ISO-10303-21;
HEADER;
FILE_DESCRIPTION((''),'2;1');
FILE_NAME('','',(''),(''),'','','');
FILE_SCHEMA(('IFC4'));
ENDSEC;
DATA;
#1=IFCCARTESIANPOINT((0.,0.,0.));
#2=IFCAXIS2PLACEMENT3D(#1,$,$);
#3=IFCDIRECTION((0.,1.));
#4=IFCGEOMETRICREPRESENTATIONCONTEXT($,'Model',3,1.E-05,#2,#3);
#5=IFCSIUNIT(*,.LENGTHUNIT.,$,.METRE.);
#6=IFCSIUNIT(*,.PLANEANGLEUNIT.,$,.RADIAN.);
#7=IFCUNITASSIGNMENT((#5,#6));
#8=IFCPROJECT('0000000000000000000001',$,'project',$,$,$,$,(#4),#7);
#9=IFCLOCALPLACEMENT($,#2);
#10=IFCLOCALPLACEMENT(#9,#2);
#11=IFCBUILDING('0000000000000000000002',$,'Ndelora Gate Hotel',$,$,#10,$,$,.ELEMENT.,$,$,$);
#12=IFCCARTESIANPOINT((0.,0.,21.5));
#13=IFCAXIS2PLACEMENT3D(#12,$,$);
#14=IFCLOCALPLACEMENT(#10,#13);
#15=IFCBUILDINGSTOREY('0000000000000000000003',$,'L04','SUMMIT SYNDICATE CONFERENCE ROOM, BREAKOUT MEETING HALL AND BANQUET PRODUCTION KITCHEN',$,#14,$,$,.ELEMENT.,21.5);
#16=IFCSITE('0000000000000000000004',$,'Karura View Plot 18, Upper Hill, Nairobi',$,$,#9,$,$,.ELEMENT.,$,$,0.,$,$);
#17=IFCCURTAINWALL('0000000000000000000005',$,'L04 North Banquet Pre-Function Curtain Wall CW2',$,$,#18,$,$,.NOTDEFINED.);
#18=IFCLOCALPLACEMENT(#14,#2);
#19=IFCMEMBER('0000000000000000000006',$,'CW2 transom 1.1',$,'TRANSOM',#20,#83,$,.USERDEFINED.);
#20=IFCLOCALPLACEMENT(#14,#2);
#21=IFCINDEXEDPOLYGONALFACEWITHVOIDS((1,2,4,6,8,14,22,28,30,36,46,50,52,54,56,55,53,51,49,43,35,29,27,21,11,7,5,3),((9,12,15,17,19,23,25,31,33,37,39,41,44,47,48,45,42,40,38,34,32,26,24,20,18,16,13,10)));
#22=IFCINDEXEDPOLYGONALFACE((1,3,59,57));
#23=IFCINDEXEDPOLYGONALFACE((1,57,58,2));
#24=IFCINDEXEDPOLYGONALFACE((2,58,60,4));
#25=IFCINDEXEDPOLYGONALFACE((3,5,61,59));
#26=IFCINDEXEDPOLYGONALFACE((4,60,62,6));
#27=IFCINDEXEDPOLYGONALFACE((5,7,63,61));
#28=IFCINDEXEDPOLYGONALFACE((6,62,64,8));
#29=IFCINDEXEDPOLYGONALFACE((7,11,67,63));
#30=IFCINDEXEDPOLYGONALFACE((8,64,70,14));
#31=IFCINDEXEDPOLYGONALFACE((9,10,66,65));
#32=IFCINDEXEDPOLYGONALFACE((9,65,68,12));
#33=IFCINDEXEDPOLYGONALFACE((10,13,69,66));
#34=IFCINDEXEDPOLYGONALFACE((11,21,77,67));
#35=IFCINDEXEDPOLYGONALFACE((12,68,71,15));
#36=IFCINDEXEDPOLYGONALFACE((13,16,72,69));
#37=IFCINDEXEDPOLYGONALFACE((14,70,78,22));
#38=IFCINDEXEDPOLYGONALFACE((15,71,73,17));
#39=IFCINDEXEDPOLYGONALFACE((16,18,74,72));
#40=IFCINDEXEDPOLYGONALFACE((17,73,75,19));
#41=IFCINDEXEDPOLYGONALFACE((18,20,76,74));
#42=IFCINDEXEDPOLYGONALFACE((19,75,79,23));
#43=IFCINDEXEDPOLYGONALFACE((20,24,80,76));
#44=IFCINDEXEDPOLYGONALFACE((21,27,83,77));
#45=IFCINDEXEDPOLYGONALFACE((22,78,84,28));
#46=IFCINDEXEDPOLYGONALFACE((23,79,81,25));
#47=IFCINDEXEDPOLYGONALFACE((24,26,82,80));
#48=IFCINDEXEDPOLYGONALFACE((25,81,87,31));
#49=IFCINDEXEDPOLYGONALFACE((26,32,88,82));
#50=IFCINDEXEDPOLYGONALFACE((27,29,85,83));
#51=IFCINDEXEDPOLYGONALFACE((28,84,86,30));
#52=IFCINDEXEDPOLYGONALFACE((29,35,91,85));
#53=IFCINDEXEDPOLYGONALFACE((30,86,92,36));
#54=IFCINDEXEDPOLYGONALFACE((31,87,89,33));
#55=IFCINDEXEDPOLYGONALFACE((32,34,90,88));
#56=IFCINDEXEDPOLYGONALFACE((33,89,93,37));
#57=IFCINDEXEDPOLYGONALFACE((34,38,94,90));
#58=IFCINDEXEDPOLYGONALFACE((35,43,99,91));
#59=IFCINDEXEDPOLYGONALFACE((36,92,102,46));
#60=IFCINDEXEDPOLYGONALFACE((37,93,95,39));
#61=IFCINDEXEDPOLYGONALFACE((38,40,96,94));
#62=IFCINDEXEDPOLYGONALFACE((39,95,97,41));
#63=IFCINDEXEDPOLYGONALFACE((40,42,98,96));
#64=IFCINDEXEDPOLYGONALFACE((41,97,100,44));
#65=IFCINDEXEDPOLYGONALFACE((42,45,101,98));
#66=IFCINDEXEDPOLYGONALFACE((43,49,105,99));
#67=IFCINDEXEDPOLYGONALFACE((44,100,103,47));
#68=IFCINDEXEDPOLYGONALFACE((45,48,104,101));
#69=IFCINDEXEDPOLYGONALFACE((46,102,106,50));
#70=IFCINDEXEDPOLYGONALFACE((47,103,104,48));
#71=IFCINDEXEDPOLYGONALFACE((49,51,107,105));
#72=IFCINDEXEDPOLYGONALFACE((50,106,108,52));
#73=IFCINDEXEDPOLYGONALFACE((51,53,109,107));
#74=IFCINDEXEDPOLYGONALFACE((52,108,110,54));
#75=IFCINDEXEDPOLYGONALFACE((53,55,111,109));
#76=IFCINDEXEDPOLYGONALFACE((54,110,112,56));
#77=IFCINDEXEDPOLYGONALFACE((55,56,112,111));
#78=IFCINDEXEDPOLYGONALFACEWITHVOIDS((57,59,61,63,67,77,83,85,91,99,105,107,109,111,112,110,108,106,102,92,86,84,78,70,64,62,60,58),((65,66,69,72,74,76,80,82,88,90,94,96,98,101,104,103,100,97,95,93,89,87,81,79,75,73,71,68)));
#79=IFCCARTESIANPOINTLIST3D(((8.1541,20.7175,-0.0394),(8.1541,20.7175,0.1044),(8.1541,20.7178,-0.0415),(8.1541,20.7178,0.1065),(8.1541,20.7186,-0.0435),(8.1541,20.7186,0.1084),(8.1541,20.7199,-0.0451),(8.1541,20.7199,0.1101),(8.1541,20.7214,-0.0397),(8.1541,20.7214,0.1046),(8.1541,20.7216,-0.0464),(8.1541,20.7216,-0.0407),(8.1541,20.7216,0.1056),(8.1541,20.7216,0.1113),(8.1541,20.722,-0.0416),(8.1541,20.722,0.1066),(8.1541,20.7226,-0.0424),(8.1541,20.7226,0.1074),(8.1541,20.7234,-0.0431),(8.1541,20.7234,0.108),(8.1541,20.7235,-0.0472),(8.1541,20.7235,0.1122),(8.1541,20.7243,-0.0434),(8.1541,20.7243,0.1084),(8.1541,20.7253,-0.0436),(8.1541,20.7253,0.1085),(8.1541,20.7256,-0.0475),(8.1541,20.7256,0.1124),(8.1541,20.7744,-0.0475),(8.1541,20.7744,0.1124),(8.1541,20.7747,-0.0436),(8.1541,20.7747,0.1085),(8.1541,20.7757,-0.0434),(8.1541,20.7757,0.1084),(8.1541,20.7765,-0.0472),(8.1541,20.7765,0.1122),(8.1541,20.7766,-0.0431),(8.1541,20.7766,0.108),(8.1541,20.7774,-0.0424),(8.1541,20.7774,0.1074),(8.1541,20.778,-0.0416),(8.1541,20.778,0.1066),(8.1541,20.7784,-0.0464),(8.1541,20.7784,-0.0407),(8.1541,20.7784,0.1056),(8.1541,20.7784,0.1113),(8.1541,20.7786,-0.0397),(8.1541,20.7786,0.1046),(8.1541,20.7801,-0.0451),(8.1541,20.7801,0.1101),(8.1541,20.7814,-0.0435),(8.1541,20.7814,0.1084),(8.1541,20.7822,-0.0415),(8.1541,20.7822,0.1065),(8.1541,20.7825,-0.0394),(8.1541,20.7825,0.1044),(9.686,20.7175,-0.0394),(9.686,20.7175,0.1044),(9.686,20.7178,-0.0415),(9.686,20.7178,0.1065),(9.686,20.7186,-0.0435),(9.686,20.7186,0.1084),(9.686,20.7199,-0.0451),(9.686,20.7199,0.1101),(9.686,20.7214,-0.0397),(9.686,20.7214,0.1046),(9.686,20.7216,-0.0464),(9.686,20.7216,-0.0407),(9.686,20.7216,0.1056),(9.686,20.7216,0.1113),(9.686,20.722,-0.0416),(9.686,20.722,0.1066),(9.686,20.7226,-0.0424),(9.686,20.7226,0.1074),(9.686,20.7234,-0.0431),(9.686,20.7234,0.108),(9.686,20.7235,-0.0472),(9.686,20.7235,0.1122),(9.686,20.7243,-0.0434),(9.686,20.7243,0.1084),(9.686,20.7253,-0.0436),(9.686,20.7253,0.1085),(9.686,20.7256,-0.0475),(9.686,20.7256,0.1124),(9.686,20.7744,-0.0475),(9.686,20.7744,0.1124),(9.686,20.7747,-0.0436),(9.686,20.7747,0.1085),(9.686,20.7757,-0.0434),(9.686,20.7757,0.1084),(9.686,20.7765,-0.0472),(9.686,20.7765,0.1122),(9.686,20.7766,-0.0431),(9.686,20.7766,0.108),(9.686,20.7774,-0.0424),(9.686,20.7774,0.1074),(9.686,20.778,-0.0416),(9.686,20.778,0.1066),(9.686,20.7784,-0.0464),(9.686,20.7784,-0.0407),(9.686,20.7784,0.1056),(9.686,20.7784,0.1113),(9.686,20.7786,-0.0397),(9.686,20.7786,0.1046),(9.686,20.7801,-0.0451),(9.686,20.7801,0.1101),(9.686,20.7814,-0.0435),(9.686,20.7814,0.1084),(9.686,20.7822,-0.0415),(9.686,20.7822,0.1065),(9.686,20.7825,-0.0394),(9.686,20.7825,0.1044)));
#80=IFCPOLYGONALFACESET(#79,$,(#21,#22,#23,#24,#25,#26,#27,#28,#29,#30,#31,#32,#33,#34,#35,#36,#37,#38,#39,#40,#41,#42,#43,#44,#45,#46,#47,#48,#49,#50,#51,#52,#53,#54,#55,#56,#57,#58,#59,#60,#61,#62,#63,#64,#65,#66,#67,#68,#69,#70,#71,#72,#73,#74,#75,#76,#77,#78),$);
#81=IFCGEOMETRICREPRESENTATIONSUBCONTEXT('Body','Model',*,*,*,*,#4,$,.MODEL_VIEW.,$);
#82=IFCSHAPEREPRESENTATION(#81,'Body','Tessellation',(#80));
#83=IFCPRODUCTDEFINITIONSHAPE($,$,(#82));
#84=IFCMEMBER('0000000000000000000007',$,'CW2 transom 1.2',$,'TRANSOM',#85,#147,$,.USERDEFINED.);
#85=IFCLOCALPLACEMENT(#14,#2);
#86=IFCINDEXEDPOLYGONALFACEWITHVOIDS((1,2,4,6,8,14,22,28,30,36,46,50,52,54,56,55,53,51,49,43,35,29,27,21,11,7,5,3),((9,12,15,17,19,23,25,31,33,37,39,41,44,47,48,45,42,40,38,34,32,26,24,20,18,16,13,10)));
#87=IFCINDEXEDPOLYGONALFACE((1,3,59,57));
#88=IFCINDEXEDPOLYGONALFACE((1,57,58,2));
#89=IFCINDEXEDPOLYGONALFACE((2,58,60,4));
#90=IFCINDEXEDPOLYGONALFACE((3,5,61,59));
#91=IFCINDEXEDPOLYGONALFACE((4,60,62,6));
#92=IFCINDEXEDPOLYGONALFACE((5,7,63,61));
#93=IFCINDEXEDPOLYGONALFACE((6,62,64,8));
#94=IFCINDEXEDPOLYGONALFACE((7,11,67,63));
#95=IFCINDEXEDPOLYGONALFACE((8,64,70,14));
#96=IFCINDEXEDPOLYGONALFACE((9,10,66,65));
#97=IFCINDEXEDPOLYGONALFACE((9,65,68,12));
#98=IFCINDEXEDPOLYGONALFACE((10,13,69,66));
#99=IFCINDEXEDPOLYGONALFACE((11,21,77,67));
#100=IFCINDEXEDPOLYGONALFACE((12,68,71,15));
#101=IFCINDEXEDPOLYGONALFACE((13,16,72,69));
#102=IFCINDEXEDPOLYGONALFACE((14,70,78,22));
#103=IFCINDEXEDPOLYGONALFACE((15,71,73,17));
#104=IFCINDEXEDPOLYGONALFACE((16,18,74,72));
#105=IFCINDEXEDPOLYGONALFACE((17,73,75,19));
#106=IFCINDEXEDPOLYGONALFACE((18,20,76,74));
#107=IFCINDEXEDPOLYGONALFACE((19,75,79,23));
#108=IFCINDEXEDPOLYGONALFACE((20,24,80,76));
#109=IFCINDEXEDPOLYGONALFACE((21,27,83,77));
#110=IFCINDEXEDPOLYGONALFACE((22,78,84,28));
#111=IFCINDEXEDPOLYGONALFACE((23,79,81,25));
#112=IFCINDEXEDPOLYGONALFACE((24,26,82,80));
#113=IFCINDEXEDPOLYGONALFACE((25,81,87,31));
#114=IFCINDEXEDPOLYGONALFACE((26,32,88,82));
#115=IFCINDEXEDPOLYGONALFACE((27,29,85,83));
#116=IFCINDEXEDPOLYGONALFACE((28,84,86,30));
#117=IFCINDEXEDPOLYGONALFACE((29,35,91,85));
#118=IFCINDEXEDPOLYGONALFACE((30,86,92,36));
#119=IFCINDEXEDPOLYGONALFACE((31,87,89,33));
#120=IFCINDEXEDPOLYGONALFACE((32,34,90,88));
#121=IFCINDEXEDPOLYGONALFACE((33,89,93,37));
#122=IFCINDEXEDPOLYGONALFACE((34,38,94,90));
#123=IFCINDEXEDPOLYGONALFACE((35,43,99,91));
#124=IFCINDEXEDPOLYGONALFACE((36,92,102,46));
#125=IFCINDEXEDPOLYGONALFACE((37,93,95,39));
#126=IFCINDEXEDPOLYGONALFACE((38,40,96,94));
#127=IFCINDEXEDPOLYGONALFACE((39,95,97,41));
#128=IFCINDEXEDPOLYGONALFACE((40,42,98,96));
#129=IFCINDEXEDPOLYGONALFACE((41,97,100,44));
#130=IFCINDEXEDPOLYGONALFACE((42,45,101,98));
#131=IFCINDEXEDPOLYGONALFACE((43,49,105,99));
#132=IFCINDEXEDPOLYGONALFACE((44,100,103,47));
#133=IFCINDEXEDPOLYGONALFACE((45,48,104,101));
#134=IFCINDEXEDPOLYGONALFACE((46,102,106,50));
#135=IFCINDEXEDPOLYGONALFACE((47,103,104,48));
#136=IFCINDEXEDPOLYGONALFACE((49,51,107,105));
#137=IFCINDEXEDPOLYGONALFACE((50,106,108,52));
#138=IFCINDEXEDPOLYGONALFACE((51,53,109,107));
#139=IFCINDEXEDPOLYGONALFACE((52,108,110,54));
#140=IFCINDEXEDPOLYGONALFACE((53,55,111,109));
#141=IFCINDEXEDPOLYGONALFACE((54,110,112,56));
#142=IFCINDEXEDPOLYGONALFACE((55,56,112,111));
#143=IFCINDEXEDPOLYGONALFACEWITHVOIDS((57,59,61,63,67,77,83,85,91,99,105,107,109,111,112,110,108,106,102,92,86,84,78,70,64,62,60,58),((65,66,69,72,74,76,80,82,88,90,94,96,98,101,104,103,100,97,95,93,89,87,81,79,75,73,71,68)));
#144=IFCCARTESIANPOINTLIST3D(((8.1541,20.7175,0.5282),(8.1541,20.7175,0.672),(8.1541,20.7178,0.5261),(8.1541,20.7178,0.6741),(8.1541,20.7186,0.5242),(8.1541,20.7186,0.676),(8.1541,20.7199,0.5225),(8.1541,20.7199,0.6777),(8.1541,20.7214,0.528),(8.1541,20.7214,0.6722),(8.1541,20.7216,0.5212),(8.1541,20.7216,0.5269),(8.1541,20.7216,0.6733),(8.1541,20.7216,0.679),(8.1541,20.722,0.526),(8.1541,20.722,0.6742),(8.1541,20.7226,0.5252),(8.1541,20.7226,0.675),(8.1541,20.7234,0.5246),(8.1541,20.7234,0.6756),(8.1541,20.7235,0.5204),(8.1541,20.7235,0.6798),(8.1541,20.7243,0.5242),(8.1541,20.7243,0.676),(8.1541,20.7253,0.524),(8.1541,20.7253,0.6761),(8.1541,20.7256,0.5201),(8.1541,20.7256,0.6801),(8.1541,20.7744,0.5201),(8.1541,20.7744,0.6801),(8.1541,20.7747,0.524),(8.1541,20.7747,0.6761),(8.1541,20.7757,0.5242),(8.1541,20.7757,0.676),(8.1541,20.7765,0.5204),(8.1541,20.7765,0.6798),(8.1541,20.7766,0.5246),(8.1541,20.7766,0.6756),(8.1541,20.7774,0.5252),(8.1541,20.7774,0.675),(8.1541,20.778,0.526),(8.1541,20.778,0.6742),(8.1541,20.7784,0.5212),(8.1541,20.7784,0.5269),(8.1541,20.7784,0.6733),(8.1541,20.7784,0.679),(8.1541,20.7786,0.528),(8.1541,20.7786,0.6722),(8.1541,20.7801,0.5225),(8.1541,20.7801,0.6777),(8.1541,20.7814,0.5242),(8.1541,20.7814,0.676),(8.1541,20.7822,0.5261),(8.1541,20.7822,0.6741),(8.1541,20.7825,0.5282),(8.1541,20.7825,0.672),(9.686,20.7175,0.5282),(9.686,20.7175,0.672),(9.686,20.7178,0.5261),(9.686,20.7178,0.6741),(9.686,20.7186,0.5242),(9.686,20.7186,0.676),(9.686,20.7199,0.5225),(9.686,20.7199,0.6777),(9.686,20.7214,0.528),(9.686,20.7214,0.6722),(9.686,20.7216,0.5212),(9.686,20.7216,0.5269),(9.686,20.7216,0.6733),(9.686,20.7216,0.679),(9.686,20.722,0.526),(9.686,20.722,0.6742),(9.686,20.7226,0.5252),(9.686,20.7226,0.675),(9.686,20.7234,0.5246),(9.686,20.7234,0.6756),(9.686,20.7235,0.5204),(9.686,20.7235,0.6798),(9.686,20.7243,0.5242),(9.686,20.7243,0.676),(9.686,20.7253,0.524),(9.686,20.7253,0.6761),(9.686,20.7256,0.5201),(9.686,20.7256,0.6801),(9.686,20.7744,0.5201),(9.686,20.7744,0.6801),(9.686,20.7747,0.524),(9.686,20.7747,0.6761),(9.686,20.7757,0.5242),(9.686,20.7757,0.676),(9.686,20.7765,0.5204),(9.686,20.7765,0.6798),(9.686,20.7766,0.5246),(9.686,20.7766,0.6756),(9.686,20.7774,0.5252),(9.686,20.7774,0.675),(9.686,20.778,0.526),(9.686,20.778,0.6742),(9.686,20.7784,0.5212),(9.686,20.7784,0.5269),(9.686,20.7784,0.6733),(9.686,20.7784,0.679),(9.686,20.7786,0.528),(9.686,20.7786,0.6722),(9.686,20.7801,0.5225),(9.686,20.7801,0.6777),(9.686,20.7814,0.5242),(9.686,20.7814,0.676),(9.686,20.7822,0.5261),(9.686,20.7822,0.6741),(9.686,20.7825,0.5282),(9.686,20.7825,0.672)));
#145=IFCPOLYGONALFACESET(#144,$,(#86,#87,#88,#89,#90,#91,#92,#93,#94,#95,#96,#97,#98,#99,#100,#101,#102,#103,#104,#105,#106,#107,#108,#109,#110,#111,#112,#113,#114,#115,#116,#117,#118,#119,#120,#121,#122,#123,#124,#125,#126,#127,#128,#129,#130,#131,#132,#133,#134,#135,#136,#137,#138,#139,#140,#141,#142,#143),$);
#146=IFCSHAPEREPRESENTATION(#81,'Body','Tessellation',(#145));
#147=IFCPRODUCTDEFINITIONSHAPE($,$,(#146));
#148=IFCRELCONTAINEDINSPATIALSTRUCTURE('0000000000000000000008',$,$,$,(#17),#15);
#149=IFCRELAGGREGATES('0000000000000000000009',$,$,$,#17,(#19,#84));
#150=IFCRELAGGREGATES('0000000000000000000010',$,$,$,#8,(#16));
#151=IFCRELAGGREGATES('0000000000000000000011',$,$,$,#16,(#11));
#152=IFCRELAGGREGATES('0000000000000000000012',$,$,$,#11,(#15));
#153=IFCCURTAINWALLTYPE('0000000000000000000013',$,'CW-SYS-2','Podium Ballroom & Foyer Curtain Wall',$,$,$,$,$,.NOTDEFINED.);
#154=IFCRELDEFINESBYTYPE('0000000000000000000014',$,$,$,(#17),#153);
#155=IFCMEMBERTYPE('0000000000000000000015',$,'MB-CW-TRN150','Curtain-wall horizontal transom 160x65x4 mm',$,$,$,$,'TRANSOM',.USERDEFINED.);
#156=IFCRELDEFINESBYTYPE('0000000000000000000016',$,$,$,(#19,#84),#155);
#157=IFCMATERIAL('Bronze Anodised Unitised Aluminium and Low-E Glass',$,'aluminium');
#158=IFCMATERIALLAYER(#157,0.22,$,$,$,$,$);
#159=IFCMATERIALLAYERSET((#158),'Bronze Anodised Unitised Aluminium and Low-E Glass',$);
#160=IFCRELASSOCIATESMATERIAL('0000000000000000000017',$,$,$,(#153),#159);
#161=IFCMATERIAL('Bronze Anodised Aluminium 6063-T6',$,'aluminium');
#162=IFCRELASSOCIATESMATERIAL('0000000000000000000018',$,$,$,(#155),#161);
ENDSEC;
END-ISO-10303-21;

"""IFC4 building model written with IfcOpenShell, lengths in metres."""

from ifc_helpers import new_model, si_unit, direction, frame, origin, origin_2d, place, context, subcontext, project, spatial, hollow_rectangle, extrude, material, layer, layer_set, material_profile, profile_set, type_object, element, aggregate, save


model = new_model("IFC4")

# Units and contexts
model_context = context("Model", 3, precision=1e-05, world=origin(), true_north=direction((0.0, 1.0)))
body_context = subcontext(model_context, "Body", "Model", "MODEL_VIEW")
ifc_project = project(units=[si_unit("LENGTHUNIT", "METRE"), si_unit("PLANEANGLEUNIT", "RADIAN")], contexts=[model_context])

# Site, building, storey
site_placement = place(None, origin())
site = spatial("IfcSite", under=ifc_project, at=site_placement, Name="Karura View Plot 18, Upper Hill, Nairobi", CompositionType="ELEMENT", RefElevation=0.0)
building_placement = place(site_placement, origin())
building = spatial("IfcBuilding", under=site, at=building_placement, Name="Ndelora Gate Hotel", CompositionType="ELEMENT")
storey_placement = place(building_placement, frame((0.0, 0.0, 21.5)))
storey = spatial("IfcBuildingStorey", under=building, at=storey_placement, Name="L04", Description="SUMMIT SYNDICATE CONFERENCE ROOM, BREAKOUT MEETING HALL AND BANQUET PRODUCTION KITCHEN", CompositionType="ELEMENT", Elevation=21.5)

# Curtain wall, members
ifc_material_1 = material(Name="Bronze Anodised Unitised Aluminium and Low-E Glass", Category="aluminium")
ifc_layer_1 = layer(ifc_material_1, 0.22)
ifc_layer_set_1 = layer_set([ifc_layer_1], Name="Bronze Anodised Unitised Aluminium and Low-E Glass")
curtain_wall_type = type_object("IfcCurtainWallType", Name="CW-SYS-2", Description="Podium Ballroom & Foyer Curtain Wall", PredefinedType="NOTDEFINED", material=ifc_layer_set_1)
curtain_wall_placement = place(storey_placement, origin())
curtain_wall = element("IfcCurtainWall", 1, at=curtain_wall_placement, inside=storey, type_object=curtain_wall_type, Name="L04 North Banquet Pre-Function Curtain Wall CW2", PredefinedType="NOTDEFINED")
ifc_material_2 = material(Name="Bronze Anodised Aluminium 6063-T6", Category="aluminium")
ifc_material_profile_1 = material_profile(ifc_material_2, hollow_rectangle(XDim=0.0649, YDim=0.1599, WallThickness=0.0039, InnerFilletRadius=0.0039, OuterFilletRadius=0.0081, at=origin_2d()), Name="ALU 160x65x4")
ifc_profile_set_1 = profile_set([ifc_material_profile_1], Name="Bronze Anodised Aluminium 6063-T6")
member_type_1 = type_object("IfcMemberType", Name="MB-CW-TRN150", Description="Curtain-wall horizontal transom 160x65x4 mm", ElementType="TRANSOM", PredefinedType="USERDEFINED", material=ifc_profile_set_1)
member_1_placement = place(storey_placement, frame((9.686, 20.75, 0.0325), z_axis=(-1.0, 0.0, 0.0), x_axis=(0.0, -1.0, 0.0)))
member_1 = element("IfcMember", 2, at=member_1_placement, type_object=member_type_1, Name="CW2 transom 1.1", ObjectType="TRANSOM", PredefinedType="USERDEFINED", context=body_context, shape_type="SweptSolid", body=[
    extrude(hollow_rectangle(XDim=0.0649, YDim=0.1599, WallThickness=0.0039, InnerFilletRadius=0.0039, OuterFilletRadius=0.0081, at=origin_2d()), origin(), (0.0, 0.0, 1.0), 1.532),
])
member_2_placement = place(storey_placement, frame((9.686, 20.75, 0.6001), z_axis=(-1.0, 0.0, 0.0), x_axis=(0.0, -1.0, 0.0)))
member_2 = element("IfcMember", 3, at=member_2_placement, type_object=member_type_1, Name="CW2 transom 1.2", ObjectType="TRANSOM", PredefinedType="USERDEFINED", context=body_context, shape_type="SweptSolid", body=[
    extrude(hollow_rectangle(XDim=0.0649, YDim=0.1599, WallThickness=0.0039, InnerFilletRadius=0.0039, OuterFilletRadius=0.0081, at=origin_2d()), origin(), (0.0, 0.0, 1.0), 1.532),
])
aggregate(curtain_wall, [member_1, member_2])

save(model, "model.ifc")
